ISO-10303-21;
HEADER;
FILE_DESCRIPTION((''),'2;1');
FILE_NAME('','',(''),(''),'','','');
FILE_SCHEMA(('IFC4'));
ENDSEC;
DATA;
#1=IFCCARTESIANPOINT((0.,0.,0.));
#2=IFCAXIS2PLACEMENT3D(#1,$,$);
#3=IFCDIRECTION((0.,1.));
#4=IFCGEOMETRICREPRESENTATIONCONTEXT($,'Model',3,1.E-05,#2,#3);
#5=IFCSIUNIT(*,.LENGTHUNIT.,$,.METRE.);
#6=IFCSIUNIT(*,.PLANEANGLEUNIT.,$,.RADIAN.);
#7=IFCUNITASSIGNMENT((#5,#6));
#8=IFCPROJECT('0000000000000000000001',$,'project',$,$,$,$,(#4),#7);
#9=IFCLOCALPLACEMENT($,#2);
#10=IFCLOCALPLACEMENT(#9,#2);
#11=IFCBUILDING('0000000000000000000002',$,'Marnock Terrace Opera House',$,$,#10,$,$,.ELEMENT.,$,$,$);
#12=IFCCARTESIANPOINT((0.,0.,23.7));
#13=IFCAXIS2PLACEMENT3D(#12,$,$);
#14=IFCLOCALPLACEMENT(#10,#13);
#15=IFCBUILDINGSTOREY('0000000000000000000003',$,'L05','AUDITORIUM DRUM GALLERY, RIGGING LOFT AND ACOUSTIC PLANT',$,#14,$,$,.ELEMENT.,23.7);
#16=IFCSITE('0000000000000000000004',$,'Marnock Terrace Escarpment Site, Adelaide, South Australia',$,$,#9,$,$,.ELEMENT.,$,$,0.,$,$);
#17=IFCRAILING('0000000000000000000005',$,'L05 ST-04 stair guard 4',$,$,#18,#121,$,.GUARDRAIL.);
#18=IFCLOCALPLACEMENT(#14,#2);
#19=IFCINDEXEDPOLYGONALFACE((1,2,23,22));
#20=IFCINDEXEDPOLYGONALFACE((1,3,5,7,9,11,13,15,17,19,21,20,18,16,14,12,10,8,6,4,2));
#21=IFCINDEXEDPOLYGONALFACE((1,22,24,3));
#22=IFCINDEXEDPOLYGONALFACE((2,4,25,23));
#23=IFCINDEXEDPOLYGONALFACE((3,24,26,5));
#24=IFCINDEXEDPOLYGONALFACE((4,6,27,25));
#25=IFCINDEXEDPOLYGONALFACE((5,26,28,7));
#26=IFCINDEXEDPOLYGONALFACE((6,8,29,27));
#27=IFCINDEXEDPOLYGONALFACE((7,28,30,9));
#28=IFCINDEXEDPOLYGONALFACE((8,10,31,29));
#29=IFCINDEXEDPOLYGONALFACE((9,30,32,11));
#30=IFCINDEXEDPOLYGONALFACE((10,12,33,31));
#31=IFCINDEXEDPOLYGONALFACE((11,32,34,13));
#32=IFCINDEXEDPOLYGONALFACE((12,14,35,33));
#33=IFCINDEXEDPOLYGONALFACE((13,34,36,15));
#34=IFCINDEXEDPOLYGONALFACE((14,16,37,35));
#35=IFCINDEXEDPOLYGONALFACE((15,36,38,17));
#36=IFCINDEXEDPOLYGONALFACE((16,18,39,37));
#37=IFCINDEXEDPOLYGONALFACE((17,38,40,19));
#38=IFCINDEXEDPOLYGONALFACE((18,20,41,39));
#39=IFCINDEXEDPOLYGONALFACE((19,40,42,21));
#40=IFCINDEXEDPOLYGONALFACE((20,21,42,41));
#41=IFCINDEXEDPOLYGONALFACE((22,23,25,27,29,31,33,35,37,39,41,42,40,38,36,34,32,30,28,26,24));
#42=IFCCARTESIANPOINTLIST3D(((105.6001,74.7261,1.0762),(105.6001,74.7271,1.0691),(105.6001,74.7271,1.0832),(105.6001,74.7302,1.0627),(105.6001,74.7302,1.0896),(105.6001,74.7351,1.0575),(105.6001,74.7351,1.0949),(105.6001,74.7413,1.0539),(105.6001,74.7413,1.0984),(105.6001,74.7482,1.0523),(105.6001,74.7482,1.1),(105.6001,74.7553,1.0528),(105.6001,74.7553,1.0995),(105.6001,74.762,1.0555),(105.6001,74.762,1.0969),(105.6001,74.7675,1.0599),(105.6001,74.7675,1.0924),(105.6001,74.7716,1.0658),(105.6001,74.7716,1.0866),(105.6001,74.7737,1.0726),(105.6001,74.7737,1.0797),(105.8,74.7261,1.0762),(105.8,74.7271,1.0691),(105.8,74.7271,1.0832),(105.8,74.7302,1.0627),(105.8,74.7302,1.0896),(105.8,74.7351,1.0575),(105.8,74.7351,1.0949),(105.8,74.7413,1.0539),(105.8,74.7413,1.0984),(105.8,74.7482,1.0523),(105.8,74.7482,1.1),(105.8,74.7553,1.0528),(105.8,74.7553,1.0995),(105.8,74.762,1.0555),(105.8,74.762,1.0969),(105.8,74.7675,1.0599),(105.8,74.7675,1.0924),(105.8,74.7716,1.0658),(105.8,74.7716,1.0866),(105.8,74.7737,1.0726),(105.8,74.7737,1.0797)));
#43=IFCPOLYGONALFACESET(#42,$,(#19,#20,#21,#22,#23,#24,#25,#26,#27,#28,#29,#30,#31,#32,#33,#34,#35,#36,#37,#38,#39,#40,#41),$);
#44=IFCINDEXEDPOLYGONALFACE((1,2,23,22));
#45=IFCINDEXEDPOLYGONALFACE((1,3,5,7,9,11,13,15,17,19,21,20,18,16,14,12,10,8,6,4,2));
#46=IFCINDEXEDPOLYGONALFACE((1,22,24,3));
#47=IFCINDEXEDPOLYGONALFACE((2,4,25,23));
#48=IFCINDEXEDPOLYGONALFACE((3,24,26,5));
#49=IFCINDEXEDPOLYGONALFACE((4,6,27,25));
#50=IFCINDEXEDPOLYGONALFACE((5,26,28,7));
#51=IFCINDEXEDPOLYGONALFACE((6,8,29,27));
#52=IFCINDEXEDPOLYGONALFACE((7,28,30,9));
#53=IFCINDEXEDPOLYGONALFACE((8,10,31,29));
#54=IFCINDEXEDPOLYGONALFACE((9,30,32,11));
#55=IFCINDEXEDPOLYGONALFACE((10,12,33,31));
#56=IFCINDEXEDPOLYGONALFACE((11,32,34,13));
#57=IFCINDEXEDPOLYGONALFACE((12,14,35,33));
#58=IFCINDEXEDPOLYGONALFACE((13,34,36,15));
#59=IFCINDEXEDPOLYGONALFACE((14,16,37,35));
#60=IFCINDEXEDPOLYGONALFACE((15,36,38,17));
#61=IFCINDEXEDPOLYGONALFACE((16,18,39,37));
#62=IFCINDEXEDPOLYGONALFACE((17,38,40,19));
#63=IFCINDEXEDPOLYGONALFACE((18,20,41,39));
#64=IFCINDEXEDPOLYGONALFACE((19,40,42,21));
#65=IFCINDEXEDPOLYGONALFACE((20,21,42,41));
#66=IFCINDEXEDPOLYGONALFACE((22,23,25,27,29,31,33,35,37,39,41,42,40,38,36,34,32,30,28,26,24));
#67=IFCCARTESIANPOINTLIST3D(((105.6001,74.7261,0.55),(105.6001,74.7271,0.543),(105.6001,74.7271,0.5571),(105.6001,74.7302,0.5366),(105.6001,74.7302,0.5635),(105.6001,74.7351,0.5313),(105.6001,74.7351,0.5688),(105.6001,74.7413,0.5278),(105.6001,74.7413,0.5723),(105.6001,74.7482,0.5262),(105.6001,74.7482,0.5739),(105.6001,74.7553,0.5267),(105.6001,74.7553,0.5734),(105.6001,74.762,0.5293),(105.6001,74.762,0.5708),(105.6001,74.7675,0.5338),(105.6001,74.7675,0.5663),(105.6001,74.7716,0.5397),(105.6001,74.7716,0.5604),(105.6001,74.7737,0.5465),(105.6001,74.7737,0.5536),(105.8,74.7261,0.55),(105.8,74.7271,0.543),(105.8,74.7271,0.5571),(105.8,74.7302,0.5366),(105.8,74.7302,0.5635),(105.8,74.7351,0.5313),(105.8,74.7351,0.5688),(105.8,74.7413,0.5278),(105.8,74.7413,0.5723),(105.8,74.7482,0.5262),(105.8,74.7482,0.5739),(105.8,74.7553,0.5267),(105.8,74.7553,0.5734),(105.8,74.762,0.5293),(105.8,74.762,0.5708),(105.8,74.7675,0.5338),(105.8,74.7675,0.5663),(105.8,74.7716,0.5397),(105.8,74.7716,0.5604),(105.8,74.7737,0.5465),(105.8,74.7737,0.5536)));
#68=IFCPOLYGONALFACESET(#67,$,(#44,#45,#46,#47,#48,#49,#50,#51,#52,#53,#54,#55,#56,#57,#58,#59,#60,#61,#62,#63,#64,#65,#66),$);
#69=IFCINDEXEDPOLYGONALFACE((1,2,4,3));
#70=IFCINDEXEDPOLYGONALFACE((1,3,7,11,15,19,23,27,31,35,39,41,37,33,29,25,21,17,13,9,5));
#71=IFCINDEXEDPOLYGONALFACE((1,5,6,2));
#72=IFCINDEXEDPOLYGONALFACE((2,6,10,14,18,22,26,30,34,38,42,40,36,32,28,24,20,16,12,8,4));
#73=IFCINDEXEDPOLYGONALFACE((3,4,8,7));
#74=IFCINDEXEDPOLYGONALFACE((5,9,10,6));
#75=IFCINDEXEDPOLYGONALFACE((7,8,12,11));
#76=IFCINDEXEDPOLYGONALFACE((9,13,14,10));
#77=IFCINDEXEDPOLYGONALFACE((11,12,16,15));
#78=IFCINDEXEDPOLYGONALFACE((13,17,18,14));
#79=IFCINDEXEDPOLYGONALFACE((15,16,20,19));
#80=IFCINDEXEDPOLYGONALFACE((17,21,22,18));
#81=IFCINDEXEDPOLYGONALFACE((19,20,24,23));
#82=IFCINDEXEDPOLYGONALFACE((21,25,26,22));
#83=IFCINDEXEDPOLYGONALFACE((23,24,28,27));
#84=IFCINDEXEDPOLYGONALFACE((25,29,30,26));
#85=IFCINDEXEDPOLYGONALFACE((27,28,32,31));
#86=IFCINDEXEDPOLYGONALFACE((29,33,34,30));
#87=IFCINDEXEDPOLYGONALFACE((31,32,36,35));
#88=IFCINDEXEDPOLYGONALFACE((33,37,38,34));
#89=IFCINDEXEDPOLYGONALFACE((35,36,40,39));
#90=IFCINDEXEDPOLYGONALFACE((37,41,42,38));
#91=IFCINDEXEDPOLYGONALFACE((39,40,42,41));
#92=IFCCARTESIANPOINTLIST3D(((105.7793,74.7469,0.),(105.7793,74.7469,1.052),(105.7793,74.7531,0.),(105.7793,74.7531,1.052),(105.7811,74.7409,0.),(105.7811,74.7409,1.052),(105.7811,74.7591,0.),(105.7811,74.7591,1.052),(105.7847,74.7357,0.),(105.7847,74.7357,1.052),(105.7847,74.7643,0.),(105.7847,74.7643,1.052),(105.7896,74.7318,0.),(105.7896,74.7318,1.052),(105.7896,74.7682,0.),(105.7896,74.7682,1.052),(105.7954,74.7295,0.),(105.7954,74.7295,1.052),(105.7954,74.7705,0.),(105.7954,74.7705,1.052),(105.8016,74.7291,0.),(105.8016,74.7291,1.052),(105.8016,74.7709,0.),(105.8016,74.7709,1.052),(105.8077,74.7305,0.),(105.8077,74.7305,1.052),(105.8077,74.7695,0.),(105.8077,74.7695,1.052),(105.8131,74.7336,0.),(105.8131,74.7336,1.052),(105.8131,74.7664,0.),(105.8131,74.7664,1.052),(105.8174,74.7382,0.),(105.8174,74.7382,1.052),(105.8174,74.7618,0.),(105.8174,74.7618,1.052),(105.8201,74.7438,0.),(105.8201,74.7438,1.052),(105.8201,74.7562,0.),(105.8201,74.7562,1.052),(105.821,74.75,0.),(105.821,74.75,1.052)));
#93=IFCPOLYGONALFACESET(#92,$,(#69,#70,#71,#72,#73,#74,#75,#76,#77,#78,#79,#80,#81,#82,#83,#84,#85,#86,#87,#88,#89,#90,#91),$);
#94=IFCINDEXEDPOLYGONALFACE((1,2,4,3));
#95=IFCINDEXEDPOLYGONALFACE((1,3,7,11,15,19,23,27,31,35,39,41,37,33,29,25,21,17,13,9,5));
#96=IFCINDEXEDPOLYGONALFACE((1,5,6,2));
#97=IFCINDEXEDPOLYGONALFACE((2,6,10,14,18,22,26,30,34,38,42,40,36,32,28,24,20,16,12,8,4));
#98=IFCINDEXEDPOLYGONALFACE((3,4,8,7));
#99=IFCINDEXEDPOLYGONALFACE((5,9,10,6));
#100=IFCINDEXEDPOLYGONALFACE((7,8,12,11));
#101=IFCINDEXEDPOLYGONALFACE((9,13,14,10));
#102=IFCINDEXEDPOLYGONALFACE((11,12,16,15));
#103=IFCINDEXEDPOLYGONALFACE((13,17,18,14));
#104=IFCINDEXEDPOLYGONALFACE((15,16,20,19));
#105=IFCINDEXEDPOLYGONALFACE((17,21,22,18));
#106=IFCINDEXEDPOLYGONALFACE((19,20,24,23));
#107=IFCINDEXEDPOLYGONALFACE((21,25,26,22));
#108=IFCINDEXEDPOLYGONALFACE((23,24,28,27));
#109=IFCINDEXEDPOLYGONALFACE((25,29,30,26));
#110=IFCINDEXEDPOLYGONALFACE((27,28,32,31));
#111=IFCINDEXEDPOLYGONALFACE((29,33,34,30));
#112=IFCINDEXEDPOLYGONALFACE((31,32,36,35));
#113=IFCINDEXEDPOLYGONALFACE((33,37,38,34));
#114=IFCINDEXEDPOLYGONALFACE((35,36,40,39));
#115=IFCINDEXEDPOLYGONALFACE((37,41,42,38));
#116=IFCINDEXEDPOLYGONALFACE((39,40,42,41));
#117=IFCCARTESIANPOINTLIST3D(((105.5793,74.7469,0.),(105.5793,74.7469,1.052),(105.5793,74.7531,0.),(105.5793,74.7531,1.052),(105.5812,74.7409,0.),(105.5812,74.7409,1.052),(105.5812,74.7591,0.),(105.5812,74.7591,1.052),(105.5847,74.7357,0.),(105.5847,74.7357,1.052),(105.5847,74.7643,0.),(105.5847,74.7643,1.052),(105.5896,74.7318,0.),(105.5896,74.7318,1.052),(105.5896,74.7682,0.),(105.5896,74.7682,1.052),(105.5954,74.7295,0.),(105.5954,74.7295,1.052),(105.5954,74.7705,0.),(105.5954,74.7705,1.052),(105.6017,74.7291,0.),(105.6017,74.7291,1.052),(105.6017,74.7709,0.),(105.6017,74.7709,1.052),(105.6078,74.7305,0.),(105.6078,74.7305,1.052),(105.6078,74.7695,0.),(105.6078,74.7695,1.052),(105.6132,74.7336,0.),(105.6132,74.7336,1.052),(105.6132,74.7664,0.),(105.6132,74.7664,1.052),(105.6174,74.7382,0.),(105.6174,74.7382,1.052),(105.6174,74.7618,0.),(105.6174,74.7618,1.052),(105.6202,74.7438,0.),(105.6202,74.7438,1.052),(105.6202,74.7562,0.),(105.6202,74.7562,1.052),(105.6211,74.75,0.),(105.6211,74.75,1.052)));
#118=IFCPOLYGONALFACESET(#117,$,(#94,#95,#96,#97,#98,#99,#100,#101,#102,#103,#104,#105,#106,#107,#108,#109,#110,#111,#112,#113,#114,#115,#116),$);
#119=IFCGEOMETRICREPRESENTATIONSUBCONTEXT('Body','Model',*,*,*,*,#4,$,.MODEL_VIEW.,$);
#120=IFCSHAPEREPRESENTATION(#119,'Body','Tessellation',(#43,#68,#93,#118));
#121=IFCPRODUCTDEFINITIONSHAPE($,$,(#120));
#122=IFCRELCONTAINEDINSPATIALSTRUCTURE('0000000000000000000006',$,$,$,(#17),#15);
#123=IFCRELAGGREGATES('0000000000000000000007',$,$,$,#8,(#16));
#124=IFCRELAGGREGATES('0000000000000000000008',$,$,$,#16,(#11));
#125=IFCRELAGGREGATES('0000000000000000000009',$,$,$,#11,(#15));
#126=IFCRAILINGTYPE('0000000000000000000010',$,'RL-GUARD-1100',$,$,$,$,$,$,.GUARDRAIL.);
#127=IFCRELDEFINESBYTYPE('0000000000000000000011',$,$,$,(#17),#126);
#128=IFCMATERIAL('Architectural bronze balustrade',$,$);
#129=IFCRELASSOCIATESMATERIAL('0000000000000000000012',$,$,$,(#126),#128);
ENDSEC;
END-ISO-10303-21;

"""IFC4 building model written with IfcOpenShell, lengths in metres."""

from ifc_helpers import new_model, si_unit, direction, frame, origin, origin_2d, place, context, subcontext, project, spatial, circle, extrude, material, type_object, element, save


model = new_model("IFC4")

# Units and contexts
model_context = context("Model", 3, precision=1e-05, world=origin(), true_north=direction((0.0, 1.0)))
body_context = subcontext(model_context, "Body", "Model", "MODEL_VIEW")
ifc_project = project(units=[si_unit("LENGTHUNIT", "METRE"), si_unit("PLANEANGLEUNIT", "RADIAN")], contexts=[model_context])

# Site, building, storey
site_placement = place(None, origin())
site = spatial("IfcSite", under=ifc_project, at=site_placement, Name="Marnock Terrace Escarpment Site, Adelaide, South Australia", CompositionType="ELEMENT", RefElevation=0.0)
building_placement = place(site_placement, origin())
building = spatial("IfcBuilding", under=site, at=building_placement, Name="Marnock Terrace Opera House", CompositionType="ELEMENT")
storey_placement = place(building_placement, frame((0.0, 0.0, 23.7)))
storey = spatial("IfcBuildingStorey", under=building, at=storey_placement, Name="L05", Description="AUDITORIUM DRUM GALLERY, RIGGING LOFT AND ACOUSTIC PLANT", CompositionType="ELEMENT", Elevation=23.7)

# Railing
ifc_material_1 = material(Name="Architectural bronze balustrade")
railing_type_1 = type_object("IfcRailingType", Name="RL-GUARD-1100", PredefinedType="GUARDRAIL", material=ifc_material_1)
railing_1_placement = place(storey_placement, frame((105.8, 74.75, 0.0)))
element("IfcRailing", 1, at=railing_1_placement, inside=storey, type_object=railing_type_1, Name="L05 ST-04 stair guard 4", PredefinedType="GUARDRAIL", context=body_context, shape_type="SweptSolid", body=[
    extrude(circle(Radius=0.0239, at=origin_2d()), frame((0.0, 0.0, 1.0762), z_axis=(-1.0, 0.0, 0.0), x_axis=(0.0, -1.0, 0.0)), (0.0, 0.0, 1.0), 0.2),
    extrude(circle(Radius=0.0239, at=origin_2d()), frame((0.0, 0.0, 0.55), z_axis=(-1.0, 0.0, 0.0), x_axis=(0.0, -1.0, 0.0)), (0.0, 0.0, 1.0), 0.2),
    extrude(circle(Radius=0.021, at=origin_2d()), origin(), (0.0, 0.0, 1.0), 1.052),
    extrude(circle(Radius=0.021, at=origin_2d()), frame((-0.2, 0.0, 0.0)), (0.0, 0.0, 1.0), 1.052),
])

save(model, "model.ifc")
